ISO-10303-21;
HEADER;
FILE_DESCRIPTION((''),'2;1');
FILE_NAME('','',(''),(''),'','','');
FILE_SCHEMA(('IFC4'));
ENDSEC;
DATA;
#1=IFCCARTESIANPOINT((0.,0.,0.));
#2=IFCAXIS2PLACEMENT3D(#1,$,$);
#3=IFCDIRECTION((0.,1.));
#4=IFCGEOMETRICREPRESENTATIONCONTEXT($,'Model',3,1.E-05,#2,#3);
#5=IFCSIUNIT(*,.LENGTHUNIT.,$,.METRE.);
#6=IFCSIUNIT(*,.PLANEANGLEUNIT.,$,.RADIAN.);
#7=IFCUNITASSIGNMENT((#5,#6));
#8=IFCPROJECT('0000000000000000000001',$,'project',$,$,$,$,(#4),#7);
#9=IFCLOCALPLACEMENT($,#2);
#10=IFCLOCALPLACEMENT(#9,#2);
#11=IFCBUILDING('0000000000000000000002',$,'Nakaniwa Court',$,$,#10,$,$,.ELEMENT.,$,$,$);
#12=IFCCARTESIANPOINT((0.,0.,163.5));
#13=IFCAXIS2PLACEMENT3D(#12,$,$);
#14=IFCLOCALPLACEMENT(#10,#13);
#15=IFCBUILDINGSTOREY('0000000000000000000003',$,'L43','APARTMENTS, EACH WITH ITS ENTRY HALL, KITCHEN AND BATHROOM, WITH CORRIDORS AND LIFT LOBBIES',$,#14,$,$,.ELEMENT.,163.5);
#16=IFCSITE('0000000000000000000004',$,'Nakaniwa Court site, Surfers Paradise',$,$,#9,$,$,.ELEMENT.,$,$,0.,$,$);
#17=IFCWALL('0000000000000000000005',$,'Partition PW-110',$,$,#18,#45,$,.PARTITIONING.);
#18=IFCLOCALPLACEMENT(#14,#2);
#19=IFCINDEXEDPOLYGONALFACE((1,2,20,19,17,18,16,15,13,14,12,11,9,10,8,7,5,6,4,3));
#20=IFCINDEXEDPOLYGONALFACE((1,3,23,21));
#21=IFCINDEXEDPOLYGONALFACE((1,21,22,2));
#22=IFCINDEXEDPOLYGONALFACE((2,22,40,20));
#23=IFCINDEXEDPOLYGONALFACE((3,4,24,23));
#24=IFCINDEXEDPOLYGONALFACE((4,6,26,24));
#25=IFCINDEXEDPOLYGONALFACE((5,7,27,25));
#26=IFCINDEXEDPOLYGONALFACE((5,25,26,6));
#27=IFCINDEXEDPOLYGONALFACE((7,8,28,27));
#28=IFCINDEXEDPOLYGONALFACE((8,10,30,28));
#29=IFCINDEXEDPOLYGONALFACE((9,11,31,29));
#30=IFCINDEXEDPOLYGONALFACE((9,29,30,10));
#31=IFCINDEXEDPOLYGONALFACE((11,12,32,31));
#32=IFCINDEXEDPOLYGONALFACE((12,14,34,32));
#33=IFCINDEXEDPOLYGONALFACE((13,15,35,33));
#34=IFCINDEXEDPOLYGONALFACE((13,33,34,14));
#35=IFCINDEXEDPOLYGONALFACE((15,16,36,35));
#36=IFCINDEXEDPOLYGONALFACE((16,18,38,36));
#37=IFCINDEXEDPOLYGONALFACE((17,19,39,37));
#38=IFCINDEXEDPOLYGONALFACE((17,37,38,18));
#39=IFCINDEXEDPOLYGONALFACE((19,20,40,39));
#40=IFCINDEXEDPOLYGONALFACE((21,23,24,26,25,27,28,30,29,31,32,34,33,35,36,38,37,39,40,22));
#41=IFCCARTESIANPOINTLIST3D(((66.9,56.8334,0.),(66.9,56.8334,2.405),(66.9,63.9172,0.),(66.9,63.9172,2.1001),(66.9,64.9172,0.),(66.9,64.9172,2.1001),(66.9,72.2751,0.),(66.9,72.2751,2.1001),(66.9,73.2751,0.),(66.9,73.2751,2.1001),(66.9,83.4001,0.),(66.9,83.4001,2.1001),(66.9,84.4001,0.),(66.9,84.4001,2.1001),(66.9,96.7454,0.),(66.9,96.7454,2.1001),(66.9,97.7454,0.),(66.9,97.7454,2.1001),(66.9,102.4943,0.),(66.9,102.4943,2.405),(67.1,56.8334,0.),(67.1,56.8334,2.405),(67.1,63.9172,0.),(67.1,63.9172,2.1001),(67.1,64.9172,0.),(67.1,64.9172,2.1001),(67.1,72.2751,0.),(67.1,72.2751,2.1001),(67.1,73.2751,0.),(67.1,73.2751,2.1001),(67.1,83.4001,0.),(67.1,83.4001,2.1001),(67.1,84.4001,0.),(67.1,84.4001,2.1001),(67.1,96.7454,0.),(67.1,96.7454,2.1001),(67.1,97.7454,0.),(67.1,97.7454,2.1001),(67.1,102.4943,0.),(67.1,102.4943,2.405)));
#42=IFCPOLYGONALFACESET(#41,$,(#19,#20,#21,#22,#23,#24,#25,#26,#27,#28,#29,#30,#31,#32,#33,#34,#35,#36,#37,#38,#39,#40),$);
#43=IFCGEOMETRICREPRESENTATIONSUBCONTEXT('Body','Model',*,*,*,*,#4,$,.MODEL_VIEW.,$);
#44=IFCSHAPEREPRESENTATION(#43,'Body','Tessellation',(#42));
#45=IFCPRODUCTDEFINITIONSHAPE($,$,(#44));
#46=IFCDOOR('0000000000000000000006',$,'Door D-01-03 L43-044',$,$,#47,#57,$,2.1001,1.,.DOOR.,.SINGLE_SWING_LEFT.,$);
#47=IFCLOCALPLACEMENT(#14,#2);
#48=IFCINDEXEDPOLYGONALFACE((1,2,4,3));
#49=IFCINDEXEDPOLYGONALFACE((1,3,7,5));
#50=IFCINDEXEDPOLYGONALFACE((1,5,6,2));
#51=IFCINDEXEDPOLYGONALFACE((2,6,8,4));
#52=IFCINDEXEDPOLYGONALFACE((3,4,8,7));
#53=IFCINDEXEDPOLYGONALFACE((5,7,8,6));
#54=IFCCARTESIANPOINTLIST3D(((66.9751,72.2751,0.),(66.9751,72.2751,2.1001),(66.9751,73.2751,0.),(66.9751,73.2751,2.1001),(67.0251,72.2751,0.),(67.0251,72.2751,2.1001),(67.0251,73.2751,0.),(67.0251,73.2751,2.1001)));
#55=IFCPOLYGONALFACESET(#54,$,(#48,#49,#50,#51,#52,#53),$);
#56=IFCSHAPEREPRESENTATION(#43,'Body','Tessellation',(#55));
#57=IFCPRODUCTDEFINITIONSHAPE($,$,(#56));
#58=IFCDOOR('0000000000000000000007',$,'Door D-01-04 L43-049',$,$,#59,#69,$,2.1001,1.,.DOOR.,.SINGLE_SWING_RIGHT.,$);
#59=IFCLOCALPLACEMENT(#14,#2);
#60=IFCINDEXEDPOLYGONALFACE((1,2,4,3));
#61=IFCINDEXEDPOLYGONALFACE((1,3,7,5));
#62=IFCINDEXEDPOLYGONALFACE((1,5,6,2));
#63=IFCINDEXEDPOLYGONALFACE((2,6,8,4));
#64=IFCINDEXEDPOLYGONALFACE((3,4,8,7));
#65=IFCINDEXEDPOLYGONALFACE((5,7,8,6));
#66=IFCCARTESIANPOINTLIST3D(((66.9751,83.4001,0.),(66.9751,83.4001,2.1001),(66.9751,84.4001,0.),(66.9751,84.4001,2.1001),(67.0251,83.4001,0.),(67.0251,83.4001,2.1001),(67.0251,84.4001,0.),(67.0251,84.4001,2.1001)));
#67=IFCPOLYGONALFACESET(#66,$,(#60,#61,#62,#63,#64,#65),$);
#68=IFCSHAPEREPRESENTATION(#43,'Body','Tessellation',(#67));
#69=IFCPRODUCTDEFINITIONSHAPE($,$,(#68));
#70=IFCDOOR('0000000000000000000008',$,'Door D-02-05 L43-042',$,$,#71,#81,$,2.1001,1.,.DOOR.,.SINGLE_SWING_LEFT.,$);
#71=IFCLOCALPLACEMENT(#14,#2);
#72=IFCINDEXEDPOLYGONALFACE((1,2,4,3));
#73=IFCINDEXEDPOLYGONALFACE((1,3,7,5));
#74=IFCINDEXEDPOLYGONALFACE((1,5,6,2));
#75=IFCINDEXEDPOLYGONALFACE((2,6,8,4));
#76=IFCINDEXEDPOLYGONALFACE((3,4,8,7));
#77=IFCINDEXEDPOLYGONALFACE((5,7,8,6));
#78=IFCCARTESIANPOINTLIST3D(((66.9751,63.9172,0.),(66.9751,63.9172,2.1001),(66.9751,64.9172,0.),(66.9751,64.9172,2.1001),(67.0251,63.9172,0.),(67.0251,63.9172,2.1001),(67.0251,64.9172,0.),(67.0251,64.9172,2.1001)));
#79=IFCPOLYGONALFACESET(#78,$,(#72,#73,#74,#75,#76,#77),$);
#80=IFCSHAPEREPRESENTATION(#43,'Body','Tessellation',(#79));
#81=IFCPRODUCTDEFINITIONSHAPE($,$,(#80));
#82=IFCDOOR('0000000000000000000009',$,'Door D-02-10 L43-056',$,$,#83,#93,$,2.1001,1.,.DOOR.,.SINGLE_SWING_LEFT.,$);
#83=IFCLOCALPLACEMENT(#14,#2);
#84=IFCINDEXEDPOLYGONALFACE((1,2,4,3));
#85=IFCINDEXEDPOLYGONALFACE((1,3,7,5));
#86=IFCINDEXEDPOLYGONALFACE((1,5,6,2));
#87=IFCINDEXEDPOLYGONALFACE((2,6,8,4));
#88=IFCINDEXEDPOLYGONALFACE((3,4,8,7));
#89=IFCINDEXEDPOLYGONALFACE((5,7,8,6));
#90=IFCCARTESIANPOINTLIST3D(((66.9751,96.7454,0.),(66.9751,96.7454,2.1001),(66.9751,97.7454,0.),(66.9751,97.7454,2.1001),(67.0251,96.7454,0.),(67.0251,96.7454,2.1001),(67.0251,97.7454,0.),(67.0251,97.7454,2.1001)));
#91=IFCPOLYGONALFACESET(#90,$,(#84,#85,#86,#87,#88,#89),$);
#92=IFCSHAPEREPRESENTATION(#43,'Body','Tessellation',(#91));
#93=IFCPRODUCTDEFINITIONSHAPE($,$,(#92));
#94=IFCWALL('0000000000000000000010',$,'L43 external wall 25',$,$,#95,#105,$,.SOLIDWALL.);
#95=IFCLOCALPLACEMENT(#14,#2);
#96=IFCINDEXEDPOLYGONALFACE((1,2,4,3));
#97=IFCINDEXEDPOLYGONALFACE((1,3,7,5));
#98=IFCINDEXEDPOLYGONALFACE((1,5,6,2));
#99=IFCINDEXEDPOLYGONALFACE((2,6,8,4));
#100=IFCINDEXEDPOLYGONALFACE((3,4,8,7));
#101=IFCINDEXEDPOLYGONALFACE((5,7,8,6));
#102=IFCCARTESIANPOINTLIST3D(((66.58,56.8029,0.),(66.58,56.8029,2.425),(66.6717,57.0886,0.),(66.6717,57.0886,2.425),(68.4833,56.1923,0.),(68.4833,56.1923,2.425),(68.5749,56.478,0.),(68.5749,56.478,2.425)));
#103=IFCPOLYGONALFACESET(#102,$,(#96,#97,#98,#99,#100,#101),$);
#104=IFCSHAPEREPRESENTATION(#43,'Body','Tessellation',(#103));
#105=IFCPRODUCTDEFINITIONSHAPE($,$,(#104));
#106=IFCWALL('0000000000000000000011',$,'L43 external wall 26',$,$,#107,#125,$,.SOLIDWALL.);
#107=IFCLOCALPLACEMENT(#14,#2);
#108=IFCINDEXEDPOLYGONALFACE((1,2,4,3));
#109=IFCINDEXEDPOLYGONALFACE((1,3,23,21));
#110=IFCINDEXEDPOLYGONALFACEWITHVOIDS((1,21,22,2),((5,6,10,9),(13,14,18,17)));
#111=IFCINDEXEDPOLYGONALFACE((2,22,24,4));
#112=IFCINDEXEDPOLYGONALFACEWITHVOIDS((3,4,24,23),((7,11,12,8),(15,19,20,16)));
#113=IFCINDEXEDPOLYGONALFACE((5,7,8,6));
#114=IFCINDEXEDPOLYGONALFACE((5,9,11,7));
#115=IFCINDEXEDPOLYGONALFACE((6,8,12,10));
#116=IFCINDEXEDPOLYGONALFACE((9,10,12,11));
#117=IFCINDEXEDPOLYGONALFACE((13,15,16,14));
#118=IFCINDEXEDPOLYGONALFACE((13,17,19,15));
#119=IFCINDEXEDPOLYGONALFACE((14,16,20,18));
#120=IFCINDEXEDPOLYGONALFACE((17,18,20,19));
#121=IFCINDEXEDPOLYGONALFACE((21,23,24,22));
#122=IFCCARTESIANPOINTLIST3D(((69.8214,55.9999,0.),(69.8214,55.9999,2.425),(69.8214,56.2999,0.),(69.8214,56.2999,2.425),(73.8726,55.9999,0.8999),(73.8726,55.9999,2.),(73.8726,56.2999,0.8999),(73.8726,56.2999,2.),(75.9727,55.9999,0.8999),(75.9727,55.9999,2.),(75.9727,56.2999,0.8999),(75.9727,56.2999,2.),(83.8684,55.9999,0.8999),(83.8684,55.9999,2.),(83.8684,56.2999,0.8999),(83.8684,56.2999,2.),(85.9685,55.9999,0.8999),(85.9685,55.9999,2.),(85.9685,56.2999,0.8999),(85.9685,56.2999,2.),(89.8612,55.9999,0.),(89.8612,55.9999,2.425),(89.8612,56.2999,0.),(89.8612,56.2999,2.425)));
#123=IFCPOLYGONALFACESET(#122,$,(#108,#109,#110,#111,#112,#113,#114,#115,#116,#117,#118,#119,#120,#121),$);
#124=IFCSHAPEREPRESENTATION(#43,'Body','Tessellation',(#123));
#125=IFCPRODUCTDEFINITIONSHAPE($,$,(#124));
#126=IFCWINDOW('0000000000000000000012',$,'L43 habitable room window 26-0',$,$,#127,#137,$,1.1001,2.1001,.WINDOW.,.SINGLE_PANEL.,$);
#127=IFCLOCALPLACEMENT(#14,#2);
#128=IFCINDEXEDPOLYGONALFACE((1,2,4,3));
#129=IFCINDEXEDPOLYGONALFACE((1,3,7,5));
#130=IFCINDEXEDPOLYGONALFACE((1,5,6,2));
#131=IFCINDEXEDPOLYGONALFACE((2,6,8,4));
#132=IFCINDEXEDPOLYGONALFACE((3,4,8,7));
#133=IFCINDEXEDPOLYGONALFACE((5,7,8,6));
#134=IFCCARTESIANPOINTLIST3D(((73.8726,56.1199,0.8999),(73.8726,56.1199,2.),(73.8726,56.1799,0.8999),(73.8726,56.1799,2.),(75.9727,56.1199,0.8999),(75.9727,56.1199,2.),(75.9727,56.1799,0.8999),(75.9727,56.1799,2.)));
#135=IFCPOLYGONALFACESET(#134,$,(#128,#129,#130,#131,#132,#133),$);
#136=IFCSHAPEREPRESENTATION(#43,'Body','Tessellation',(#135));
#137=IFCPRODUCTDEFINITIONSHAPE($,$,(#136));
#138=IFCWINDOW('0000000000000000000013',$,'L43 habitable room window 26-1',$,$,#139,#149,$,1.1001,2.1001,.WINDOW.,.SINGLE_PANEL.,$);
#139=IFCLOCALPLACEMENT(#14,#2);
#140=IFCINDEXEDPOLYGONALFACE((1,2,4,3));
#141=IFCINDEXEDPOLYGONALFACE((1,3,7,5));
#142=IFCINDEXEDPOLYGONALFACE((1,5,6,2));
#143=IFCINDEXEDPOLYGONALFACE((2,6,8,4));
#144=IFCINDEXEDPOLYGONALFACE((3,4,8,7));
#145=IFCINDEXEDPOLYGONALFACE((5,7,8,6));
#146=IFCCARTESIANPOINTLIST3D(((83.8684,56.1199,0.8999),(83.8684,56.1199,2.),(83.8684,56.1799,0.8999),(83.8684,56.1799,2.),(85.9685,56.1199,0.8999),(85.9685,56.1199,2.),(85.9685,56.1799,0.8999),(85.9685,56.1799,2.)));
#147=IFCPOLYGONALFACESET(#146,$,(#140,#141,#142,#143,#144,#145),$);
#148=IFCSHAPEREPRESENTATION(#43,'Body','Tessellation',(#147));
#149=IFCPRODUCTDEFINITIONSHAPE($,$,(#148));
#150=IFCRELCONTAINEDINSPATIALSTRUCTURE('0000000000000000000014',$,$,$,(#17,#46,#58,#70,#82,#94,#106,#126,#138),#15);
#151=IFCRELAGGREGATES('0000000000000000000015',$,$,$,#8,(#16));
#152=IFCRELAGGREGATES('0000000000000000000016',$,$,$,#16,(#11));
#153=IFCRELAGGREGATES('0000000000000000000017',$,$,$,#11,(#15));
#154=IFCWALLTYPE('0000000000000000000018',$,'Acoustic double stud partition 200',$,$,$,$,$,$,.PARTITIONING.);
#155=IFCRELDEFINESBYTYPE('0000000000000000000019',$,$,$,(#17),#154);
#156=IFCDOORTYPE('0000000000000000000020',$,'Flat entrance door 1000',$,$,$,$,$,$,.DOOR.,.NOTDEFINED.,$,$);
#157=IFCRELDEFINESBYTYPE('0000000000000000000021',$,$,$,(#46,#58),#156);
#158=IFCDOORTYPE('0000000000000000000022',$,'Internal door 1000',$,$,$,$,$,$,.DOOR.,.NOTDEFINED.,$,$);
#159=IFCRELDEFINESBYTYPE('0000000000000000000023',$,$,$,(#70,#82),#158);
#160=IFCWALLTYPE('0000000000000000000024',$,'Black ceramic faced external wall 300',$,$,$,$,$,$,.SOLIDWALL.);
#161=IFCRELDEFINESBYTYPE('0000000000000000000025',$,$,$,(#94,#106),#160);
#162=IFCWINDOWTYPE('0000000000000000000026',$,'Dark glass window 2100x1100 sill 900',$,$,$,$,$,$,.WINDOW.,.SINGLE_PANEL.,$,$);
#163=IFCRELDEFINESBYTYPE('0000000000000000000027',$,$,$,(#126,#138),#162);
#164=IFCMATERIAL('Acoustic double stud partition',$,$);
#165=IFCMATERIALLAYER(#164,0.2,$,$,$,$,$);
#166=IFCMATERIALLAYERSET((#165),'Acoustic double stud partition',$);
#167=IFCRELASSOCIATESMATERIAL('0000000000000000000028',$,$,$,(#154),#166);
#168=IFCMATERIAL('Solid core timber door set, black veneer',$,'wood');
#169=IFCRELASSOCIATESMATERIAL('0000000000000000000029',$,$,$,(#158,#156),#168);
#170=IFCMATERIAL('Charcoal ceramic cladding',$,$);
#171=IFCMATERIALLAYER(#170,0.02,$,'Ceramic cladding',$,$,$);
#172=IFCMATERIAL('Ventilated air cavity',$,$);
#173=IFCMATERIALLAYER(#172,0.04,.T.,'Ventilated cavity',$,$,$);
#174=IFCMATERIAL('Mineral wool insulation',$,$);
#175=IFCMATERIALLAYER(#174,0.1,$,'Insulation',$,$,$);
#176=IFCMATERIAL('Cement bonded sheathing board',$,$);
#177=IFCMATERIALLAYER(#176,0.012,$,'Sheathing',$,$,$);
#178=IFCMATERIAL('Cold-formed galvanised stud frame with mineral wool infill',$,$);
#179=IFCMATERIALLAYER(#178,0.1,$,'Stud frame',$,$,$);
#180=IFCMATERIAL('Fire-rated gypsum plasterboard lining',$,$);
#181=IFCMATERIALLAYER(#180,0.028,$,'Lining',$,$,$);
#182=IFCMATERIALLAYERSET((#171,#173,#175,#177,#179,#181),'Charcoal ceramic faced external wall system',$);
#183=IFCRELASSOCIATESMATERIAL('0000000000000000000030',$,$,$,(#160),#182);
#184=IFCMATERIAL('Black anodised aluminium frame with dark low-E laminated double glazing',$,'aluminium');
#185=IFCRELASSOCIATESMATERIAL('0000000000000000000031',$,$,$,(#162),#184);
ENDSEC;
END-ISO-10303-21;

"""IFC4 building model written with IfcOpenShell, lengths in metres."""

from ifc_helpers import new_model, si_unit, direction, frame, frame_2d, origin, place, context, subcontext, project, spatial, rectangle, extrude, material, layer, layer_set, type_object, element, fill, save


model = new_model("IFC4")

# Units and contexts
model_context = context("Model", 3, precision=1e-05, world=origin(), true_north=direction((0.0, 1.0)))
body_context = subcontext(model_context, "Body", "Model", "MODEL_VIEW")
ifc_project = project(units=[si_unit("LENGTHUNIT", "METRE"), si_unit("PLANEANGLEUNIT", "RADIAN")], contexts=[model_context])

# Site, building, storey
site_placement = place(None, origin())
site = spatial("IfcSite", under=ifc_project, at=site_placement, Name="Nakaniwa Court site, Surfers Paradise", CompositionType="ELEMENT", RefElevation=0.0)
building_placement = place(site_placement, origin())
building = spatial("IfcBuilding", under=site, at=building_placement, Name="Nakaniwa Court", CompositionType="ELEMENT")
storey_placement = place(building_placement, frame((0.0, 0.0, 163.5)))
storey = spatial("IfcBuildingStorey", under=building, at=storey_placement, Name="L43", Description="APARTMENTS, EACH WITH ITS ENTRY HALL, KITCHEN AND BATHROOM, WITH CORRIDORS AND LIFT LOBBIES", CompositionType="ELEMENT", Elevation=163.5)

# Shared definitions
ifc_material_1 = material(Name="Acoustic double stud partition")
ifc_layer_1 = layer(ifc_material_1, 0.2)
ifc_layer_set_1 = layer_set([ifc_layer_1], Name="Acoustic double stud partition")
wall_type_1 = type_object("IfcWallType", Name="Acoustic double stud partition 200", PredefinedType="PARTITIONING", material=ifc_layer_set_1)

# Shared definitions
ifc_material_2 = material(Name="Solid core timber door set, black veneer", Category="wood")
door_type_1 = type_object("IfcDoorType", Name="Internal door 1000", OperationType="NOTDEFINED", PredefinedType="DOOR", material=ifc_material_2)

# Wall, openings, doors
wall_1_placement = place(storey_placement, frame((67.0, 56.8333, 0.0), z_axis=(0.0, 0.0, 1.0), x_axis=(0.0, 1.0, 0.0)))
wall_1 = element("IfcWall", 1, at=wall_1_placement, inside=storey, type_object=wall_type_1, Name="Partition PW-110", PredefinedType="PARTITIONING", context=body_context, shape_type="SweptSolid", body=[
    extrude(rectangle(XDim=45.6609, YDim=0.2, at=frame_2d((22.8306, 0.0))), origin(), (0.0, 0.0, 1.0), 2.405),
])
opening_1_placement = place(wall_1_placement, frame((7.084, 0.0, 0.0)))
opening_1 = element("IfcOpeningElement", 2, at=opening_1_placement, cuts=wall_1, PredefinedType="OPENING", context=body_context, shape_type="SweptSolid", body=[
    extrude(rectangle(XDim=1.0, YDim=2.1001, at=frame_2d((0.5, 1.05))), frame((0.0, 0.1099, 0.0), z_axis=(0.0, -1.0, 0.0), x_axis=(1.0, 0.0, 0.0)), (0.0, 0.0, 1.0), 0.22),
])
opening_2_placement = place(wall_1_placement, frame((15.4419, 0.0, 0.0)))
opening_2 = element("IfcOpeningElement", 3, at=opening_2_placement, cuts=wall_1, PredefinedType="OPENING", context=body_context, shape_type="SweptSolid", body=[
    extrude(rectangle(XDim=1.0, YDim=2.1001, at=frame_2d((0.5, 1.05))), frame((0.0, 0.1099, 0.0), z_axis=(0.0, -1.0, 0.0), x_axis=(1.0, 0.0, 0.0)), (0.0, 0.0, 1.0), 0.22),
])
opening_3_placement = place(wall_1_placement, frame((26.5669, 0.0, 0.0)))
opening_3 = element("IfcOpeningElement", 4, at=opening_3_placement, cuts=wall_1, PredefinedType="OPENING", context=body_context, shape_type="SweptSolid", body=[
    extrude(rectangle(XDim=1.0, YDim=2.1001, at=frame_2d((0.5, 1.05))), frame((0.0, 0.1099, 0.0), z_axis=(0.0, -1.0, 0.0), x_axis=(1.0, 0.0, 0.0)), (0.0, 0.0, 1.0), 0.22),
])
opening_4_placement = place(wall_1_placement, frame((39.9121, 0.0, 0.0)))
opening_4 = element("IfcOpeningElement", 5, at=opening_4_placement, cuts=wall_1, PredefinedType="OPENING", context=body_context, shape_type="SweptSolid", body=[
    extrude(rectangle(XDim=1.0, YDim=2.1001, at=frame_2d((0.5, 1.05))), frame((0.0, 0.1099, 0.0), z_axis=(0.0, -1.0, 0.0), x_axis=(1.0, 0.0, 0.0)), (0.0, 0.0, 1.0), 0.22),
])
door_type_2 = type_object("IfcDoorType", Name="Flat entrance door 1000", OperationType="NOTDEFINED", PredefinedType="DOOR", material=ifc_material_2)
door_1_placement = place(opening_2_placement, origin())
door_1 = element("IfcDoor", 6, at=door_1_placement, inside=storey, type_object=door_type_2, Name="Door D-01-03 L43-044", OperationType="SINGLE_SWING_LEFT", OverallHeight=2.1001, OverallWidth=1.0, PredefinedType="DOOR", context=body_context, shape_type="SweptSolid", body=[
    extrude(rectangle(XDim=1.0, YDim=2.1001, at=frame_2d((0.5, 1.05))), frame((0.0, 0.0249, 0.0), z_axis=(0.0, -1.0, 0.0), x_axis=(1.0, 0.0, 0.0)), (0.0, 0.0, 1.0), 0.05),
])
fill(opening_2, door_1)
door_2_placement = place(opening_3_placement, origin())
door_2 = element("IfcDoor", 7, at=door_2_placement, inside=storey, type_object=door_type_2, Name="Door D-01-04 L43-049", OperationType="SINGLE_SWING_RIGHT", OverallHeight=2.1001, OverallWidth=1.0, PredefinedType="DOOR", context=body_context, shape_type="SweptSolid", body=[
    extrude(rectangle(XDim=1.0, YDim=2.1001, at=frame_2d((0.5, 1.05))), frame((0.0, 0.0249, 0.0), z_axis=(0.0, -1.0, 0.0), x_axis=(1.0, 0.0, 0.0)), (0.0, 0.0, 1.0), 0.05),
])
fill(opening_3, door_2)
door_3_placement = place(opening_1_placement, origin())
door_3 = element("IfcDoor", 8, at=door_3_placement, inside=storey, type_object=door_type_1, Name="Door D-02-05 L43-042", OperationType="SINGLE_SWING_LEFT", OverallHeight=2.1001, OverallWidth=1.0, PredefinedType="DOOR", context=body_context, shape_type="SweptSolid", body=[
    extrude(rectangle(XDim=1.0, YDim=2.1001, at=frame_2d((0.5, 1.05))), frame((0.0, 0.0249, 0.0), z_axis=(0.0, -1.0, 0.0), x_axis=(1.0, 0.0, 0.0)), (0.0, 0.0, 1.0), 0.05),
])
fill(opening_1, door_3)
door_4_placement = place(opening_4_placement, origin())
door_4 = element("IfcDoor", 9, at=door_4_placement, inside=storey, type_object=door_type_1, Name="Door D-02-10 L43-056", OperationType="SINGLE_SWING_LEFT", OverallHeight=2.1001, OverallWidth=1.0, PredefinedType="DOOR", context=body_context, shape_type="SweptSolid", body=[
    extrude(rectangle(XDim=1.0, YDim=2.1001, at=frame_2d((0.5, 1.05))), frame((0.0, 0.0249, 0.0), z_axis=(0.0, -1.0, 0.0), x_axis=(1.0, 0.0, 0.0)), (0.0, 0.0, 1.0), 0.05),
])
fill(opening_4, door_4)

# Wall
ifc_material_3 = material(Name="Charcoal ceramic cladding")
ifc_layer_2 = layer(ifc_material_3, 0.02, Name="Ceramic cladding")
ifc_material_4 = material(Name="Ventilated air cavity")
ifc_layer_3 = layer(ifc_material_4, 0.04, ventilated=True, Name="Ventilated cavity")
ifc_material_5 = material(Name="Mineral wool insulation")
ifc_layer_4 = layer(ifc_material_5, 0.1, Name="Insulation")
ifc_material_6 = material(Name="Cement bonded sheathing board")
ifc_layer_5 = layer(ifc_material_6, 0.012, Name="Sheathing")
ifc_material_7 = material(Name="Cold-formed galvanised stud frame with mineral wool infill")
ifc_layer_6 = layer(ifc_material_7, 0.1, Name="Stud frame")
ifc_material_8 = material(Name="Fire-rated gypsum plasterboard lining")
ifc_layer_7 = layer(ifc_material_8, 0.028, Name="Lining")
ifc_layer_set_2 = layer_set([ifc_layer_2, ifc_layer_3, ifc_layer_4, ifc_layer_5, ifc_layer_6, ifc_layer_7], Name="Charcoal ceramic faced external wall system")
wall_type_2 = type_object("IfcWallType", Name="Black ceramic faced external wall 300", PredefinedType="SOLIDWALL", material=ifc_layer_set_2)
wall_2_placement = place(storey_placement, frame((66.6257, 56.9458, 0.0), z_axis=(0.0, 0.0, 1.0), x_axis=(0.952201, -0.305471, 0.0)))
element("IfcWall", 10, at=wall_2_placement, inside=storey, type_object=wall_type_2, Name="L43 external wall 25", PredefinedType="SOLIDWALL", context=body_context, shape_type="SweptSolid", body=[
    extrude(rectangle(XDim=1.9988, YDim=0.3, at=frame_2d((0.9995, 0.0))), origin(), (0.0, 0.0, 1.0), 2.425),
])

# Wall, openings, windows
wall_3_placement = place(storey_placement, frame((69.8213, 56.1499, 0.0), z_axis=(0.0, 0.0, 1.0), x_axis=(1.0, 0.0, 0.0)))
wall_3 = element("IfcWall", 11, at=wall_3_placement, inside=storey, type_object=wall_type_2, Name="L43 external wall 26", PredefinedType="SOLIDWALL", context=body_context, shape_type="SweptSolid", body=[
    extrude(rectangle(XDim=20.0398, YDim=0.3, at=frame_2d((10.02, 0.0))), origin(), (0.0, 0.0, 1.0), 2.425),
])
opening_5_placement = place(wall_3_placement, frame((4.0513, 0.0, 0.8999)))
opening_5 = element("IfcOpeningElement", 12, at=opening_5_placement, cuts=wall_3, PredefinedType="OPENING", context=body_context, shape_type="SweptSolid", body=[
    extrude(rectangle(XDim=2.1001, YDim=1.1001, at=frame_2d((1.05, 0.55))), frame((0.0, 0.1599, 0.0), z_axis=(0.0, -1.0, 0.0), x_axis=(1.0, 0.0, 0.0)), (0.0, 0.0, 1.0), 0.3201),
])
opening_6_placement = place(wall_3_placement, frame((14.0471, 0.0, 0.8999)))
opening_6 = element("IfcOpeningElement", 13, at=opening_6_placement, cuts=wall_3, PredefinedType="OPENING", context=body_context, shape_type="SweptSolid", body=[
    extrude(rectangle(XDim=2.1001, YDim=1.1001, at=frame_2d((1.05, 0.55))), frame((0.0, 0.1599, 0.0), z_axis=(0.0, -1.0, 0.0), x_axis=(1.0, 0.0, 0.0)), (0.0, 0.0, 1.0), 0.3201),
])
ifc_material_9 = material(Name="Black anodised aluminium frame with dark low-E laminated double glazing", Category="aluminium")
window_type = type_object("IfcWindowType", Name="Dark glass window 2100x1100 sill 900", PartitioningType="SINGLE_PANEL", PredefinedType="WINDOW", material=ifc_material_9)
window_1_placement = place(opening_5_placement, origin())
window_1 = element("IfcWindow", 14, at=window_1_placement, inside=storey, type_object=window_type, Name="L43 habitable room window 26-0", OverallHeight=1.1001, OverallWidth=2.1001, PartitioningType="SINGLE_PANEL", PredefinedType="WINDOW", context=body_context, shape_type="SweptSolid", body=[
    extrude(rectangle(XDim=2.1001, YDim=1.1001, at=frame_2d((1.05, 0.55))), frame((0.0, 0.03, 0.0), z_axis=(0.0, -1.0, 0.0), x_axis=(1.0, 0.0, 0.0)), (0.0, 0.0, 1.0), 0.0601),
])
fill(opening_5, window_1)
window_2_placement = place(opening_6_placement, origin())
window_2 = element("IfcWindow", 15, at=window_2_placement, inside=storey, type_object=window_type, Name="L43 habitable room window 26-1", OverallHeight=1.1001, OverallWidth=2.1001, PartitioningType="SINGLE_PANEL", PredefinedType="WINDOW", context=body_context, shape_type="SweptSolid", body=[
    extrude(rectangle(XDim=2.1001, YDim=1.1001, at=frame_2d((1.05, 0.55))), frame((0.0, 0.03, 0.0), z_axis=(0.0, -1.0, 0.0), x_axis=(1.0, 0.0, 0.0)), (0.0, 0.0, 1.0), 0.0601),
])
fill(opening_6, window_2)

save(model, "model.ifc")
